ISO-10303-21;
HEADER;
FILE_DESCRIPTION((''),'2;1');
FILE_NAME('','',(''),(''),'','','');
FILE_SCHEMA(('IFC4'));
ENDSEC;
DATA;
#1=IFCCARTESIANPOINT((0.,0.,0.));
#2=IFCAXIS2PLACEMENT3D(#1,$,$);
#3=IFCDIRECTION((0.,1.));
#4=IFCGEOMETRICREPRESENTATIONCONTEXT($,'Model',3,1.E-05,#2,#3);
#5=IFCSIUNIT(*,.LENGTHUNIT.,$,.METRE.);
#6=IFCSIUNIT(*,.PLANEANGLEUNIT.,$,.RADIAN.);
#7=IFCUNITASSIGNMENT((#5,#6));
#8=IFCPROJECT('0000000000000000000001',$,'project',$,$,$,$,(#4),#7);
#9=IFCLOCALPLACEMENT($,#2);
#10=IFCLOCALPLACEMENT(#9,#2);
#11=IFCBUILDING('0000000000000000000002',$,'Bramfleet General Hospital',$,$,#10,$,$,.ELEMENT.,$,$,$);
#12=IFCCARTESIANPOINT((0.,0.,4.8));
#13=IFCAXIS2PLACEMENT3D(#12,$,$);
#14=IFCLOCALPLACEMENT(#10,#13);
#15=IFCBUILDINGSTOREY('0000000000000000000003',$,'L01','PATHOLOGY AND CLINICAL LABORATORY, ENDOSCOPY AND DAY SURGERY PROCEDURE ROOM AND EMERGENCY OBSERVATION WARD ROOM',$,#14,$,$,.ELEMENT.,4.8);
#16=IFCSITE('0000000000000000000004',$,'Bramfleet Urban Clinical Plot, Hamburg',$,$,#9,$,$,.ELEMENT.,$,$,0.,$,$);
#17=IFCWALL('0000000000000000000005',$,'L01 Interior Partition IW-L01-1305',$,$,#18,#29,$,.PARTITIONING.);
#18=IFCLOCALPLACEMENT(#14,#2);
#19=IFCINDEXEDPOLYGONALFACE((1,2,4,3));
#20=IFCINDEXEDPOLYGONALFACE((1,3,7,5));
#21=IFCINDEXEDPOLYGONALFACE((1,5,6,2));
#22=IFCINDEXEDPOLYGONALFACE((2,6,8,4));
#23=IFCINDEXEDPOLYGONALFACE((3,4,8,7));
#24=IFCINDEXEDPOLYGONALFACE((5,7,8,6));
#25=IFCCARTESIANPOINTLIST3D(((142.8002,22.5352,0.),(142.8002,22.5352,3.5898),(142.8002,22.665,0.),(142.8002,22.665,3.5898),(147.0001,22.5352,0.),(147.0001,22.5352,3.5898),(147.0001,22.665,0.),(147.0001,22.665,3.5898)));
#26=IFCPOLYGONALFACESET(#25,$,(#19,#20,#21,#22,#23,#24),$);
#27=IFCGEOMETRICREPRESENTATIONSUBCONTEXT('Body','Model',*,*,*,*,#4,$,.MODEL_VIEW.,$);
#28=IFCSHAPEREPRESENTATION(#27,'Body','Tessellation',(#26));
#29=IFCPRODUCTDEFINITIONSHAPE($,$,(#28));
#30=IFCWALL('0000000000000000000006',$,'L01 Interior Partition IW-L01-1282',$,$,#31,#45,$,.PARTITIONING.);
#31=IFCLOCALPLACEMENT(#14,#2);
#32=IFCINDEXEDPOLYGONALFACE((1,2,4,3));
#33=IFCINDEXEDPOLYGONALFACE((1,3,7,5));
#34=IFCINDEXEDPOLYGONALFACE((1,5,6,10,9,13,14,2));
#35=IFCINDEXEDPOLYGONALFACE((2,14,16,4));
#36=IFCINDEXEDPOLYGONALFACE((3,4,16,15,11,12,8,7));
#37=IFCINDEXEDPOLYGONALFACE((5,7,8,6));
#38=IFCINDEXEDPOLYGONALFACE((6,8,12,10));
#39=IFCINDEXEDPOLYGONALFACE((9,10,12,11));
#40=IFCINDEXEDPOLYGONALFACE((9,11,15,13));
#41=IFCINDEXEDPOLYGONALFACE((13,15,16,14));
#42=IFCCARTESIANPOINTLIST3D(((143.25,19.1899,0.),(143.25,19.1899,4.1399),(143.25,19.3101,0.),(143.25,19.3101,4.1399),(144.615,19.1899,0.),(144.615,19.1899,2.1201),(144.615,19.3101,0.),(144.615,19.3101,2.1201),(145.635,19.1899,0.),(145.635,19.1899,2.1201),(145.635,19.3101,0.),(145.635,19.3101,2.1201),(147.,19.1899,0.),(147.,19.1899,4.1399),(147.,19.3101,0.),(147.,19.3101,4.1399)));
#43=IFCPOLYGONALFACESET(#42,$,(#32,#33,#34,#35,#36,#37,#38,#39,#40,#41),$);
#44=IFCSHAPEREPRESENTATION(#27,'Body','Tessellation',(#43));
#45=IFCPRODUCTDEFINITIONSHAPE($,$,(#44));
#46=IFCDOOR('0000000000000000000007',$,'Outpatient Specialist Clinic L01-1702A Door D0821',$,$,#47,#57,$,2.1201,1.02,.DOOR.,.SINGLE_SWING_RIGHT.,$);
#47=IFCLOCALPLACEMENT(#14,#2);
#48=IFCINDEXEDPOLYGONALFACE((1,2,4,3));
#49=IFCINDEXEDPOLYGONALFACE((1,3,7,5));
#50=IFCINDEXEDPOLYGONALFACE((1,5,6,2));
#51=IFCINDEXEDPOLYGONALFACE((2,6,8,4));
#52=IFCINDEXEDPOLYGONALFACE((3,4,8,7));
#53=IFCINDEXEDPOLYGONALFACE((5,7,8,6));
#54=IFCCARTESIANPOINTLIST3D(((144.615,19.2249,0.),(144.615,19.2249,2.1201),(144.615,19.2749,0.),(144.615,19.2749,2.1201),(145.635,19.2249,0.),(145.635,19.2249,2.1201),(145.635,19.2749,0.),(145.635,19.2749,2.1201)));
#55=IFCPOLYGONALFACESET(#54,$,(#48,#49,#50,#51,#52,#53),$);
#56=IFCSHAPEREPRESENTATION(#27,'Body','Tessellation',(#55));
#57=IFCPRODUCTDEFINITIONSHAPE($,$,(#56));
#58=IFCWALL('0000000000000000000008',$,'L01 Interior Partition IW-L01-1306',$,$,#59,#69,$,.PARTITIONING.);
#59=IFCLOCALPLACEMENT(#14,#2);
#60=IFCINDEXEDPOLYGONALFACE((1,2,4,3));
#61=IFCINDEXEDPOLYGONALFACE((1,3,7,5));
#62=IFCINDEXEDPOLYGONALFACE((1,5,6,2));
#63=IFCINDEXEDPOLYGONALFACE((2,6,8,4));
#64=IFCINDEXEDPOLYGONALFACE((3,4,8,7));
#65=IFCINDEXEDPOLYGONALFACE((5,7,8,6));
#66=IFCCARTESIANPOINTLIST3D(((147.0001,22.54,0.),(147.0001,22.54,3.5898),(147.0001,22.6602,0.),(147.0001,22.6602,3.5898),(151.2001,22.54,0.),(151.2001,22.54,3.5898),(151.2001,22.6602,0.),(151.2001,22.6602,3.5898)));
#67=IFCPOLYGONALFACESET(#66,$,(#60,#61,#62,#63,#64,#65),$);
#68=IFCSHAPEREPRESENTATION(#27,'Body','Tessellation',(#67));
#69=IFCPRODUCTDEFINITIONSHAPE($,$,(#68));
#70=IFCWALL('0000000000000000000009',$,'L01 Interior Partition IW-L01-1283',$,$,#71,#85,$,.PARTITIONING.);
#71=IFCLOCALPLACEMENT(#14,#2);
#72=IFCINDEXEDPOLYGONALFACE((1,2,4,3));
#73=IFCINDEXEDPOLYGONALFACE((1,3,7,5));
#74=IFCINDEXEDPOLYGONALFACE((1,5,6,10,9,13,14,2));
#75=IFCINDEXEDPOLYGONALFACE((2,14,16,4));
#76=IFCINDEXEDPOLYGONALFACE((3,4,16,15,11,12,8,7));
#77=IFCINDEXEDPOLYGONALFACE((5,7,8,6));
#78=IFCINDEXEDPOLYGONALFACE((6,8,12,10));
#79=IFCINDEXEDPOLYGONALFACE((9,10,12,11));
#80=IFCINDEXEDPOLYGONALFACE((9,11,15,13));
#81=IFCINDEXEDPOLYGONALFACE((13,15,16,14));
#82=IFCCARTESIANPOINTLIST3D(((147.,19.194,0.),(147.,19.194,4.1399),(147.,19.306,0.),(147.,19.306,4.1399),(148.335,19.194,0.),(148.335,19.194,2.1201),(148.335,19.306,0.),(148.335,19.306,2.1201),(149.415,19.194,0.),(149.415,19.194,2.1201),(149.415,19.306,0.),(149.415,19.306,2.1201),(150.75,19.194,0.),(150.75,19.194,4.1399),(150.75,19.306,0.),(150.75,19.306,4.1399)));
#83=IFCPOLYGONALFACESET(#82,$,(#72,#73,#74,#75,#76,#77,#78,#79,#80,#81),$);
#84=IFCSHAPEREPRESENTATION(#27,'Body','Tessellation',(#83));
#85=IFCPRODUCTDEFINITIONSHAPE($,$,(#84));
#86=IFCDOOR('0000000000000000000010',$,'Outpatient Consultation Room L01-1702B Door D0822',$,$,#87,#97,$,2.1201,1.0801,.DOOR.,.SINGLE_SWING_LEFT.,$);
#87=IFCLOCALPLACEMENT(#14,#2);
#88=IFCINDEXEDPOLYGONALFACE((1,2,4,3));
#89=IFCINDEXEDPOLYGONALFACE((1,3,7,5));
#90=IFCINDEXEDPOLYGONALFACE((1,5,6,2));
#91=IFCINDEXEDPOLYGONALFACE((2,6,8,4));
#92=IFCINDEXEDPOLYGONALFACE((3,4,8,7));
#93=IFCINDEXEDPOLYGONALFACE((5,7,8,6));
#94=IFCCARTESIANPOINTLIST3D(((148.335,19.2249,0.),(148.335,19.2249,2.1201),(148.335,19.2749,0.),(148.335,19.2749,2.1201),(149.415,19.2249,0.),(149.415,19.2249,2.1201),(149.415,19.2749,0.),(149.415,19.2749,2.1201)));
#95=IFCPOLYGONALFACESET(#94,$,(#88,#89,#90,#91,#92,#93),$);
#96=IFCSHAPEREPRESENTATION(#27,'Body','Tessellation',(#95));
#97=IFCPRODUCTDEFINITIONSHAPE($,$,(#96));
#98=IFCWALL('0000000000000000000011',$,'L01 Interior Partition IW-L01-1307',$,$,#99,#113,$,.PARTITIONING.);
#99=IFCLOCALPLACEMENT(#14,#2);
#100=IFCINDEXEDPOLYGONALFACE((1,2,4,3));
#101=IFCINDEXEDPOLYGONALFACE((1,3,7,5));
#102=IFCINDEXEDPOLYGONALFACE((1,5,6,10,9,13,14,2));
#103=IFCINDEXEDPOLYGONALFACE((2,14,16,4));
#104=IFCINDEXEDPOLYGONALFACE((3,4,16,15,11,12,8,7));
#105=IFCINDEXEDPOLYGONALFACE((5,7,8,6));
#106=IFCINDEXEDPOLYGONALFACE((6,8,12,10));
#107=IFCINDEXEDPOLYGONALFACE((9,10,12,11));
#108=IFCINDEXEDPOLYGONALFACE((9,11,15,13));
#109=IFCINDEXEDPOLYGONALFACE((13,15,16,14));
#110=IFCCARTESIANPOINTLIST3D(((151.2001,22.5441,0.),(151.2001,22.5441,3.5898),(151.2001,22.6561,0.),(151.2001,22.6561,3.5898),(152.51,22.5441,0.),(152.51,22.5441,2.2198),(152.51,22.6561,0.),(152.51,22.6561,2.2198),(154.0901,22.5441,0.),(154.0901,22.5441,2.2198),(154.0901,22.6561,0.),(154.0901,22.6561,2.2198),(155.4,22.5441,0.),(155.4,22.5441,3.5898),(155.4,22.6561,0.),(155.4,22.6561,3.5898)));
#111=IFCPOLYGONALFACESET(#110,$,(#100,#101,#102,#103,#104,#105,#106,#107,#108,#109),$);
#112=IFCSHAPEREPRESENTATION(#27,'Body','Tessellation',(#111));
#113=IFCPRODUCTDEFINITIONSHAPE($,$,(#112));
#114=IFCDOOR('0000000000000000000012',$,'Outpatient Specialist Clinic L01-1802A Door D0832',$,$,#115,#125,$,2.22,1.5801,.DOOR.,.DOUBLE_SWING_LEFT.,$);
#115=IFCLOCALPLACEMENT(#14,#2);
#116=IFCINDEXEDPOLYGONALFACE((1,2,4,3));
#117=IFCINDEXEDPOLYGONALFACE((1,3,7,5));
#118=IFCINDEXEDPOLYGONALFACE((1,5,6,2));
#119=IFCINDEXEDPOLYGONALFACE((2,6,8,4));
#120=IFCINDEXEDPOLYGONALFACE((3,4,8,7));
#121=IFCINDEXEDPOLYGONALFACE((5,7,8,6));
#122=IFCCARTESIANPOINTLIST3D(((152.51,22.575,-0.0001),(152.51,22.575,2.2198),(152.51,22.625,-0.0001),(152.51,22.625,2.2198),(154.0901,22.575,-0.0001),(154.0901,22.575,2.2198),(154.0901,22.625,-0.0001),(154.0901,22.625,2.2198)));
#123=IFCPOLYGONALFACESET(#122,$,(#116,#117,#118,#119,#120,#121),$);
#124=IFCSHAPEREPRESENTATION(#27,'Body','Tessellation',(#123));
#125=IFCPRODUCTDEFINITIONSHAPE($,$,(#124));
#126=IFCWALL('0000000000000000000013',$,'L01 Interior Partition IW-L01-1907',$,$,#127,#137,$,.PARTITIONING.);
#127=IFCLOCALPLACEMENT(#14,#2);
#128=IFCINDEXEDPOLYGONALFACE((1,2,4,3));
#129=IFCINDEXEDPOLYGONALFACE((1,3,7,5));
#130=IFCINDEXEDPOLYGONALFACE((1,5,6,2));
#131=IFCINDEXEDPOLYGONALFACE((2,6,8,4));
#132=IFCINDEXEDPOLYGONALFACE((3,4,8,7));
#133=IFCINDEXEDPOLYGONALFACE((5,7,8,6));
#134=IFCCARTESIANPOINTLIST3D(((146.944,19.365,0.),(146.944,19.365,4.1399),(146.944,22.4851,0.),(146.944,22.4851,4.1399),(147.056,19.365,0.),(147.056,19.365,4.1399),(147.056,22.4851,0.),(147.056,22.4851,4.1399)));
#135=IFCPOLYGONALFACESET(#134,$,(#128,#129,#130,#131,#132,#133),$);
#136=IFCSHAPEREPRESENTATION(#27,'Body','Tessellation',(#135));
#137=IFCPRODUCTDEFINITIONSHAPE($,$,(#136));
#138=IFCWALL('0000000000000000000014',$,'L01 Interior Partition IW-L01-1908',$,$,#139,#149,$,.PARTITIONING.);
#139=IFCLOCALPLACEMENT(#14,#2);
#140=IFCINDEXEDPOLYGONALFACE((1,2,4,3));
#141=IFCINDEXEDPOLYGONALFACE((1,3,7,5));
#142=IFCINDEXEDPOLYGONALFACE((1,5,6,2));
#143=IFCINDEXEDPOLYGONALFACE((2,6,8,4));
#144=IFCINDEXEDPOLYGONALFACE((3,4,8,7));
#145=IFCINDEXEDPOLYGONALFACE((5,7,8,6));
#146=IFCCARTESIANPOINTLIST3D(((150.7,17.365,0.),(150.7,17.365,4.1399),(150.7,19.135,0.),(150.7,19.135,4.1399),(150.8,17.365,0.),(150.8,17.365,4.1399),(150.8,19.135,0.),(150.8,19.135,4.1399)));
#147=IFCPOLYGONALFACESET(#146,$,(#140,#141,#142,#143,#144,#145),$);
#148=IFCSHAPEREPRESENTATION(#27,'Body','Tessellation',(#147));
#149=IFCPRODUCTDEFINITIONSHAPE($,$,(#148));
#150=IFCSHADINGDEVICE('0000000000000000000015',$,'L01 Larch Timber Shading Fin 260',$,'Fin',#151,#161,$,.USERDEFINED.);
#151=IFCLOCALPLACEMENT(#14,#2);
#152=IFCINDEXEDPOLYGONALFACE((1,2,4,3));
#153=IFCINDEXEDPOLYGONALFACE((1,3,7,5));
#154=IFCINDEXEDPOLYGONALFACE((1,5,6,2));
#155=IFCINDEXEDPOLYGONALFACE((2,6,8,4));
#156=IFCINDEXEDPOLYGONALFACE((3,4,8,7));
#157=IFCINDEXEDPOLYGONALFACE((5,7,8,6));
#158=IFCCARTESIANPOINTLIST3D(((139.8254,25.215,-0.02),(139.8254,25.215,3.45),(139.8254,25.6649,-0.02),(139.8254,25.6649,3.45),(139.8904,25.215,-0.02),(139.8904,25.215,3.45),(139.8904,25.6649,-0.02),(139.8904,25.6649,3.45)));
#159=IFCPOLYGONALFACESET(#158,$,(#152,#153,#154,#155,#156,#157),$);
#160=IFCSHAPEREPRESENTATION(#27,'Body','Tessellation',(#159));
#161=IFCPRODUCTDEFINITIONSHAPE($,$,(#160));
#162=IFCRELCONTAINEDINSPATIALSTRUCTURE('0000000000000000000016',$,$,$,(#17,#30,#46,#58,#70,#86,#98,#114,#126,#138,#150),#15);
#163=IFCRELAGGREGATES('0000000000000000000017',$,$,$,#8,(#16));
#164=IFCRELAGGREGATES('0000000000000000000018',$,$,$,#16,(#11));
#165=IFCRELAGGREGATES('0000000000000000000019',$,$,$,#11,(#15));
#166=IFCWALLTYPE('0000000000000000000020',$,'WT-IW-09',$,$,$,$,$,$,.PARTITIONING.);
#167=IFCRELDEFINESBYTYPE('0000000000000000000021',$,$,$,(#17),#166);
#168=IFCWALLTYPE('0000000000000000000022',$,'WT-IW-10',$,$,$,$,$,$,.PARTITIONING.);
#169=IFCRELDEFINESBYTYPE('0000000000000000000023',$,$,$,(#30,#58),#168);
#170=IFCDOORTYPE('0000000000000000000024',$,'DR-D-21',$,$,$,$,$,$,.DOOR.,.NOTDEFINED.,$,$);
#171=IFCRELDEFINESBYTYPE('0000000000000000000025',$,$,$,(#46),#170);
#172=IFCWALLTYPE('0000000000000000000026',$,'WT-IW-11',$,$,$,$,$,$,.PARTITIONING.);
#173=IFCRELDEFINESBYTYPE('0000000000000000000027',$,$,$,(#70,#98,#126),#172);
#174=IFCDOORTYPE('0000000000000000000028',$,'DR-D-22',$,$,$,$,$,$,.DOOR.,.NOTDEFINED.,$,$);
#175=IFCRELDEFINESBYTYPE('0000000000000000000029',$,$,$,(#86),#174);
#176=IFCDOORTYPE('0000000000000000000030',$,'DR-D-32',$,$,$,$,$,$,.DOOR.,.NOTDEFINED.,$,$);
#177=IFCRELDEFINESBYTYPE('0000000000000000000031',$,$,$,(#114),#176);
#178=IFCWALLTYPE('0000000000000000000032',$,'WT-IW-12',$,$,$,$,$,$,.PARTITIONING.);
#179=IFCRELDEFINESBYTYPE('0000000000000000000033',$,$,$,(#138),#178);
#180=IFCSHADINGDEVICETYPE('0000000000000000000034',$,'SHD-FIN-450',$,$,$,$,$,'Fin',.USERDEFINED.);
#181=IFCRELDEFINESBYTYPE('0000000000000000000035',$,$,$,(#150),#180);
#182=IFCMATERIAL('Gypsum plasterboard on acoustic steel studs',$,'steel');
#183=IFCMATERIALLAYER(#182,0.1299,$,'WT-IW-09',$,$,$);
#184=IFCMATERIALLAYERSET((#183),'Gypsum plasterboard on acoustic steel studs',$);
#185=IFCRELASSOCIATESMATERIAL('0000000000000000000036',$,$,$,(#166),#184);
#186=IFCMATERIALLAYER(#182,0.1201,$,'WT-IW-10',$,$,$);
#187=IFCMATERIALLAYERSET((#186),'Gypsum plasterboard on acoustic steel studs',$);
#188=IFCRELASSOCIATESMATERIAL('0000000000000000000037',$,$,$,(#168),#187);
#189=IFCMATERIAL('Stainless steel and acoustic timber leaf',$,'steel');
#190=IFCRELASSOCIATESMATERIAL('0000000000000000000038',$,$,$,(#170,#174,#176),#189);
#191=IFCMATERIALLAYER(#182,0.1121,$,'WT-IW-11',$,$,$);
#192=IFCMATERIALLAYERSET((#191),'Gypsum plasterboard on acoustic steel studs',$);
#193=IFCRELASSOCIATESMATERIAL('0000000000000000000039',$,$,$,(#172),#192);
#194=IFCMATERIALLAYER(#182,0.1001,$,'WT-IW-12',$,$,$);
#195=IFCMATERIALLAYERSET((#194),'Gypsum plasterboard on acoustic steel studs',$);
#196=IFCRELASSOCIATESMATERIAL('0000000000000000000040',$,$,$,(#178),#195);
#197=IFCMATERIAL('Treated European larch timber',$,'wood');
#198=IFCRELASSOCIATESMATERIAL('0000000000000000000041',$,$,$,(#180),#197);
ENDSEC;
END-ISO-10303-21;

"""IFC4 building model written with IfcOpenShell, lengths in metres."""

from ifc_helpers import new_model, si_unit, direction, frame, frame_2d, origin, origin_2d, place, context, subcontext, project, spatial, rectangle, extrude, material, layer, layer_set, material_profile, profile_set, type_object, element, fill, save


model = new_model("IFC4")

# Units and contexts
model_context = context("Model", 3, precision=1e-05, world=origin(), true_north=direction((0.0, 1.0)))
body_context = subcontext(model_context, "Body", "Model", "MODEL_VIEW")
ifc_project = project(units=[si_unit("LENGTHUNIT", "METRE"), si_unit("PLANEANGLEUNIT", "RADIAN")], contexts=[model_context])

# Site, building, storey
site_placement = place(None, origin())
site = spatial("IfcSite", under=ifc_project, at=site_placement, Name="Bramfleet Urban Clinical Plot, Hamburg", CompositionType="ELEMENT", RefElevation=0.0)
building_placement = place(site_placement, origin())
building = spatial("IfcBuilding", under=site, at=building_placement, Name="Bramfleet General Hospital", CompositionType="ELEMENT")
storey_placement = place(building_placement, frame((0.0, 0.0, 4.8)))
storey = spatial("IfcBuildingStorey", under=building, at=storey_placement, Name="L01", Description="PATHOLOGY AND CLINICAL LABORATORY, ENDOSCOPY AND DAY SURGERY PROCEDURE ROOM AND EMERGENCY OBSERVATION WARD ROOM", CompositionType="ELEMENT", Elevation=4.8)

# Shared definitions
ifc_material_1 = material(Name="Gypsum plasterboard on acoustic steel studs", Category="steel")
ifc_layer_1 = layer(ifc_material_1, 0.1299, Name="WT-IW-09")
ifc_layer_set_1 = layer_set([ifc_layer_1], Name="Gypsum plasterboard on acoustic steel studs")
wall_type_1 = type_object("IfcWallType", Name="WT-IW-09", PredefinedType="PARTITIONING", material=ifc_layer_set_1)
ifc_material_2 = material(Name="Stainless steel and acoustic timber leaf", Category="steel")

# Wall
wall_1_placement = place(storey_placement, frame((142.8, 22.6001, 0.0), z_axis=(0.0, 0.0, 1.0), x_axis=(1.0, 0.0, 0.0)))
element("IfcWall", 1, at=wall_1_placement, inside=storey, type_object=wall_type_1, Name="L01 Interior Partition IW-L01-1305", PredefinedType="PARTITIONING", context=body_context, shape_type="SweptSolid", body=[
    extrude(rectangle(XDim=4.2, YDim=0.1299, at=frame_2d((2.1001, 0.0))), origin(), (0.0, 0.0, 1.0), 3.5898),
])

# Wall, opening, door
ifc_layer_2 = layer(ifc_material_1, 0.1201, Name="WT-IW-10")
ifc_layer_set_2 = layer_set([ifc_layer_2], Name="Gypsum plasterboard on acoustic steel studs")
wall_type_2 = type_object("IfcWallType", Name="WT-IW-10", PredefinedType="PARTITIONING", material=ifc_layer_set_2)
wall_2_placement = place(storey_placement, frame((143.25, 19.25, 0.0), z_axis=(0.0, 0.0, 1.0), x_axis=(1.0, 0.0, 0.0)))
wall_2 = element("IfcWall", 2, at=wall_2_placement, inside=storey, type_object=wall_type_2, Name="L01 Interior Partition IW-L01-1282", PredefinedType="PARTITIONING", context=body_context, shape_type="SweptSolid", body=[
    extrude(rectangle(XDim=3.75, YDim=0.1201, at=frame_2d((1.875, 0.0))), origin(), (0.0, 0.0, 1.0), 4.1399),
])
opening_1_placement = place(wall_2_placement, frame((1.365, 0.0, 0.0)))
opening_1 = element("IfcOpeningElement", 3, at=opening_1_placement, cuts=wall_2, PredefinedType="OPENING", context=body_context, shape_type="SweptSolid", body=[
    extrude(rectangle(XDim=1.02, YDim=2.1201, at=frame_2d((0.51, 1.0601))), frame((0.0, 0.0701, 0.0), z_axis=(0.0, -1.0, 0.0), x_axis=(1.0, 0.0, 0.0)), (0.0, 0.0, 1.0), 0.1401),
])
door_type_1 = type_object("IfcDoorType", Name="DR-D-21", OperationType="NOTDEFINED", PredefinedType="DOOR", material=ifc_material_2)
door_1_placement = place(opening_1_placement, origin())
door_1 = element("IfcDoor", 4, at=door_1_placement, inside=storey, type_object=door_type_1, Name="Outpatient Specialist Clinic L01-1702A Door D0821", OperationType="SINGLE_SWING_RIGHT", OverallHeight=2.1201, OverallWidth=1.02, PredefinedType="DOOR", context=body_context, shape_type="SweptSolid", body=[
    extrude(rectangle(XDim=1.02, YDim=2.1201, at=frame_2d((0.51, 1.0601))), frame((0.0, 0.0249, 0.0), z_axis=(0.0, -1.0, 0.0), x_axis=(1.0, 0.0, 0.0)), (0.0, 0.0, 1.0), 0.05),
])
fill(opening_1, door_1)

# Wall
wall_3_placement = place(storey_placement, frame((147.0, 22.6001, 0.0), z_axis=(0.0, 0.0, 1.0), x_axis=(1.0, 0.0, 0.0)))
element("IfcWall", 5, at=wall_3_placement, inside=storey, type_object=wall_type_2, Name="L01 Interior Partition IW-L01-1306", PredefinedType="PARTITIONING", context=body_context, shape_type="SweptSolid", body=[
    extrude(rectangle(XDim=4.2, YDim=0.1201, at=frame_2d((2.1001, 0.0))), origin(), (0.0, 0.0, 1.0), 3.5898),
])

# Walls, openings, doors
ifc_layer_3 = layer(ifc_material_1, 0.1121, Name="WT-IW-11")
ifc_layer_set_3 = layer_set([ifc_layer_3], Name="Gypsum plasterboard on acoustic steel studs")
wall_type_3 = type_object("IfcWallType", Name="WT-IW-11", PredefinedType="PARTITIONING", material=ifc_layer_set_3)
wall_4_placement = place(storey_placement, frame((147.0, 19.25, 0.0), z_axis=(0.0, 0.0, 1.0), x_axis=(1.0, 0.0, 0.0)))
wall_4 = element("IfcWall", 6, at=wall_4_placement, inside=storey, type_object=wall_type_3, Name="L01 Interior Partition IW-L01-1283", PredefinedType="PARTITIONING", context=body_context, shape_type="SweptSolid", body=[
    extrude(rectangle(XDim=3.75, YDim=0.1121, at=frame_2d((1.875, 0.0))), origin(), (0.0, 0.0, 1.0), 4.1399),
])
opening_2_placement = place(wall_4_placement, frame((1.335, 0.0, 0.0)))
opening_2 = element("IfcOpeningElement", 7, at=opening_2_placement, cuts=wall_4, PredefinedType="OPENING", context=body_context, shape_type="SweptSolid", body=[
    extrude(rectangle(XDim=1.0801, YDim=2.1201, at=frame_2d((0.54, 1.0601))), frame((0.0, 0.0659, 0.0), z_axis=(0.0, -1.0, 0.0), x_axis=(1.0, 0.0, 0.0)), (0.0, 0.0, 1.0), 0.1321),
])
door_type_2 = type_object("IfcDoorType", Name="DR-D-22", OperationType="NOTDEFINED", PredefinedType="DOOR", material=ifc_material_2)
door_2_placement = place(opening_2_placement, origin())
door_2 = element("IfcDoor", 8, at=door_2_placement, inside=storey, type_object=door_type_2, Name="Outpatient Consultation Room L01-1702B Door D0822", OperationType="SINGLE_SWING_LEFT", OverallHeight=2.1201, OverallWidth=1.0801, PredefinedType="DOOR", context=body_context, shape_type="SweptSolid", body=[
    extrude(rectangle(XDim=1.0801, YDim=2.1201, at=frame_2d((0.54, 1.0601))), frame((0.0, 0.0249, 0.0), z_axis=(0.0, -1.0, 0.0), x_axis=(1.0, 0.0, 0.0)), (0.0, 0.0, 1.0), 0.05),
])
fill(opening_2, door_2)
wall_5_placement = place(storey_placement, frame((151.2, 22.6001, 0.0), z_axis=(0.0, 0.0, 1.0), x_axis=(1.0, 0.0, 0.0)))
wall_5 = element("IfcWall", 9, at=wall_5_placement, inside=storey, type_object=wall_type_3, Name="L01 Interior Partition IW-L01-1307", PredefinedType="PARTITIONING", context=body_context, shape_type="SweptSolid", body=[
    extrude(rectangle(XDim=4.2, YDim=0.1121, at=frame_2d((2.1001, 0.0))), origin(), (0.0, 0.0, 1.0), 3.5898),
])
opening_3_placement = place(wall_5_placement, frame((1.3101, 0.0, 0.0)))
opening_3 = element("IfcOpeningElement", 10, at=opening_3_placement, cuts=wall_5, PredefinedType="OPENING", context=body_context, shape_type="SweptSolid", body=[
    extrude(rectangle(XDim=1.5801, YDim=2.22, at=frame_2d((0.79, 1.1099))), frame((0.0, 0.0659, 0.0), z_axis=(0.0, -1.0, 0.0), x_axis=(1.0, 0.0, 0.0)), (0.0, 0.0, 1.0), 0.1321),
])
door_type_3 = type_object("IfcDoorType", Name="DR-D-32", OperationType="NOTDEFINED", PredefinedType="DOOR", material=ifc_material_2)
door_3_placement = place(opening_3_placement, origin())
door_3 = element("IfcDoor", 11, at=door_3_placement, inside=storey, type_object=door_type_3, Name="Outpatient Specialist Clinic L01-1802A Door D0832", OperationType="DOUBLE_SWING_LEFT", OverallHeight=2.22, OverallWidth=1.5801, PredefinedType="DOOR", context=body_context, shape_type="SweptSolid", body=[
    extrude(rectangle(XDim=1.5801, YDim=2.22, at=frame_2d((0.79, 1.1099))), frame((0.0, 0.0249, 0.0), z_axis=(0.0, -1.0, 0.0), x_axis=(1.0, 0.0, 0.0)), (0.0, 0.0, 1.0), 0.05),
])
fill(opening_3, door_3)

# Walls
wall_6_placement = place(storey_placement, frame((147.0, 19.365, 0.0), z_axis=(0.0, 0.0, 1.0), x_axis=(0.0, 1.0, 0.0)))
element("IfcWall", 12, at=wall_6_placement, inside=storey, type_object=wall_type_3, Name="L01 Interior Partition IW-L01-1907", PredefinedType="PARTITIONING", context=body_context, shape_type="SweptSolid", body=[
    extrude(rectangle(XDim=3.1201, YDim=0.1121, at=frame_2d((1.5601, 0.0))), origin(), (0.0, 0.0, 1.0), 4.1399),
])
ifc_layer_4 = layer(ifc_material_1, 0.1001, Name="WT-IW-12")
ifc_layer_set_4 = layer_set([ifc_layer_4], Name="Gypsum plasterboard on acoustic steel studs")
wall_type_4 = type_object("IfcWallType", Name="WT-IW-12", PredefinedType="PARTITIONING", material=ifc_layer_set_4)
wall_7_placement = place(storey_placement, frame((150.75, 17.365, 0.0), z_axis=(0.0, 0.0, 1.0), x_axis=(0.0, 1.0, 0.0)))
element("IfcWall", 13, at=wall_7_placement, inside=storey, type_object=wall_type_4, Name="L01 Interior Partition IW-L01-1908", PredefinedType="PARTITIONING", context=body_context, shape_type="SweptSolid", body=[
    extrude(rectangle(XDim=1.77, YDim=0.1001, at=frame_2d((0.885, 0.0))), origin(), (0.0, 0.0, 1.0), 4.1399),
])

# Shading device
ifc_material_3 = material(Name="Treated European larch timber", Category="wood")
ifc_material_profile_1 = material_profile(ifc_material_3, rectangle(XDim=0.0649, YDim=0.45, at=origin_2d()), Name="LARCH FIN 450x65")
ifc_profile_set_1 = profile_set([ifc_material_profile_1], Name="Treated European larch timber")
shading_device_type = type_object("IfcShadingDeviceType", Name="SHD-FIN-450", ElementType="Fin", PredefinedType="USERDEFINED", material=ifc_profile_set_1)
shading_device_placement = place(storey_placement, frame((139.8579, 25.4399, -0.02), z_axis=(0.0, 0.0, 1.0), x_axis=(1.0, 0.0, 0.0)))
element("IfcShadingDevice", 14, at=shading_device_placement, inside=storey, type_object=shading_device_type, Name="L01 Larch Timber Shading Fin 260", ObjectType="Fin", PredefinedType="USERDEFINED", context=body_context, shape_type="SweptSolid", body=[
    extrude(rectangle(XDim=0.0649, YDim=0.45, at=origin_2d()), origin(), (0.0, 0.0, 1.0), 3.47),
])

save(model, "model.ifc")
